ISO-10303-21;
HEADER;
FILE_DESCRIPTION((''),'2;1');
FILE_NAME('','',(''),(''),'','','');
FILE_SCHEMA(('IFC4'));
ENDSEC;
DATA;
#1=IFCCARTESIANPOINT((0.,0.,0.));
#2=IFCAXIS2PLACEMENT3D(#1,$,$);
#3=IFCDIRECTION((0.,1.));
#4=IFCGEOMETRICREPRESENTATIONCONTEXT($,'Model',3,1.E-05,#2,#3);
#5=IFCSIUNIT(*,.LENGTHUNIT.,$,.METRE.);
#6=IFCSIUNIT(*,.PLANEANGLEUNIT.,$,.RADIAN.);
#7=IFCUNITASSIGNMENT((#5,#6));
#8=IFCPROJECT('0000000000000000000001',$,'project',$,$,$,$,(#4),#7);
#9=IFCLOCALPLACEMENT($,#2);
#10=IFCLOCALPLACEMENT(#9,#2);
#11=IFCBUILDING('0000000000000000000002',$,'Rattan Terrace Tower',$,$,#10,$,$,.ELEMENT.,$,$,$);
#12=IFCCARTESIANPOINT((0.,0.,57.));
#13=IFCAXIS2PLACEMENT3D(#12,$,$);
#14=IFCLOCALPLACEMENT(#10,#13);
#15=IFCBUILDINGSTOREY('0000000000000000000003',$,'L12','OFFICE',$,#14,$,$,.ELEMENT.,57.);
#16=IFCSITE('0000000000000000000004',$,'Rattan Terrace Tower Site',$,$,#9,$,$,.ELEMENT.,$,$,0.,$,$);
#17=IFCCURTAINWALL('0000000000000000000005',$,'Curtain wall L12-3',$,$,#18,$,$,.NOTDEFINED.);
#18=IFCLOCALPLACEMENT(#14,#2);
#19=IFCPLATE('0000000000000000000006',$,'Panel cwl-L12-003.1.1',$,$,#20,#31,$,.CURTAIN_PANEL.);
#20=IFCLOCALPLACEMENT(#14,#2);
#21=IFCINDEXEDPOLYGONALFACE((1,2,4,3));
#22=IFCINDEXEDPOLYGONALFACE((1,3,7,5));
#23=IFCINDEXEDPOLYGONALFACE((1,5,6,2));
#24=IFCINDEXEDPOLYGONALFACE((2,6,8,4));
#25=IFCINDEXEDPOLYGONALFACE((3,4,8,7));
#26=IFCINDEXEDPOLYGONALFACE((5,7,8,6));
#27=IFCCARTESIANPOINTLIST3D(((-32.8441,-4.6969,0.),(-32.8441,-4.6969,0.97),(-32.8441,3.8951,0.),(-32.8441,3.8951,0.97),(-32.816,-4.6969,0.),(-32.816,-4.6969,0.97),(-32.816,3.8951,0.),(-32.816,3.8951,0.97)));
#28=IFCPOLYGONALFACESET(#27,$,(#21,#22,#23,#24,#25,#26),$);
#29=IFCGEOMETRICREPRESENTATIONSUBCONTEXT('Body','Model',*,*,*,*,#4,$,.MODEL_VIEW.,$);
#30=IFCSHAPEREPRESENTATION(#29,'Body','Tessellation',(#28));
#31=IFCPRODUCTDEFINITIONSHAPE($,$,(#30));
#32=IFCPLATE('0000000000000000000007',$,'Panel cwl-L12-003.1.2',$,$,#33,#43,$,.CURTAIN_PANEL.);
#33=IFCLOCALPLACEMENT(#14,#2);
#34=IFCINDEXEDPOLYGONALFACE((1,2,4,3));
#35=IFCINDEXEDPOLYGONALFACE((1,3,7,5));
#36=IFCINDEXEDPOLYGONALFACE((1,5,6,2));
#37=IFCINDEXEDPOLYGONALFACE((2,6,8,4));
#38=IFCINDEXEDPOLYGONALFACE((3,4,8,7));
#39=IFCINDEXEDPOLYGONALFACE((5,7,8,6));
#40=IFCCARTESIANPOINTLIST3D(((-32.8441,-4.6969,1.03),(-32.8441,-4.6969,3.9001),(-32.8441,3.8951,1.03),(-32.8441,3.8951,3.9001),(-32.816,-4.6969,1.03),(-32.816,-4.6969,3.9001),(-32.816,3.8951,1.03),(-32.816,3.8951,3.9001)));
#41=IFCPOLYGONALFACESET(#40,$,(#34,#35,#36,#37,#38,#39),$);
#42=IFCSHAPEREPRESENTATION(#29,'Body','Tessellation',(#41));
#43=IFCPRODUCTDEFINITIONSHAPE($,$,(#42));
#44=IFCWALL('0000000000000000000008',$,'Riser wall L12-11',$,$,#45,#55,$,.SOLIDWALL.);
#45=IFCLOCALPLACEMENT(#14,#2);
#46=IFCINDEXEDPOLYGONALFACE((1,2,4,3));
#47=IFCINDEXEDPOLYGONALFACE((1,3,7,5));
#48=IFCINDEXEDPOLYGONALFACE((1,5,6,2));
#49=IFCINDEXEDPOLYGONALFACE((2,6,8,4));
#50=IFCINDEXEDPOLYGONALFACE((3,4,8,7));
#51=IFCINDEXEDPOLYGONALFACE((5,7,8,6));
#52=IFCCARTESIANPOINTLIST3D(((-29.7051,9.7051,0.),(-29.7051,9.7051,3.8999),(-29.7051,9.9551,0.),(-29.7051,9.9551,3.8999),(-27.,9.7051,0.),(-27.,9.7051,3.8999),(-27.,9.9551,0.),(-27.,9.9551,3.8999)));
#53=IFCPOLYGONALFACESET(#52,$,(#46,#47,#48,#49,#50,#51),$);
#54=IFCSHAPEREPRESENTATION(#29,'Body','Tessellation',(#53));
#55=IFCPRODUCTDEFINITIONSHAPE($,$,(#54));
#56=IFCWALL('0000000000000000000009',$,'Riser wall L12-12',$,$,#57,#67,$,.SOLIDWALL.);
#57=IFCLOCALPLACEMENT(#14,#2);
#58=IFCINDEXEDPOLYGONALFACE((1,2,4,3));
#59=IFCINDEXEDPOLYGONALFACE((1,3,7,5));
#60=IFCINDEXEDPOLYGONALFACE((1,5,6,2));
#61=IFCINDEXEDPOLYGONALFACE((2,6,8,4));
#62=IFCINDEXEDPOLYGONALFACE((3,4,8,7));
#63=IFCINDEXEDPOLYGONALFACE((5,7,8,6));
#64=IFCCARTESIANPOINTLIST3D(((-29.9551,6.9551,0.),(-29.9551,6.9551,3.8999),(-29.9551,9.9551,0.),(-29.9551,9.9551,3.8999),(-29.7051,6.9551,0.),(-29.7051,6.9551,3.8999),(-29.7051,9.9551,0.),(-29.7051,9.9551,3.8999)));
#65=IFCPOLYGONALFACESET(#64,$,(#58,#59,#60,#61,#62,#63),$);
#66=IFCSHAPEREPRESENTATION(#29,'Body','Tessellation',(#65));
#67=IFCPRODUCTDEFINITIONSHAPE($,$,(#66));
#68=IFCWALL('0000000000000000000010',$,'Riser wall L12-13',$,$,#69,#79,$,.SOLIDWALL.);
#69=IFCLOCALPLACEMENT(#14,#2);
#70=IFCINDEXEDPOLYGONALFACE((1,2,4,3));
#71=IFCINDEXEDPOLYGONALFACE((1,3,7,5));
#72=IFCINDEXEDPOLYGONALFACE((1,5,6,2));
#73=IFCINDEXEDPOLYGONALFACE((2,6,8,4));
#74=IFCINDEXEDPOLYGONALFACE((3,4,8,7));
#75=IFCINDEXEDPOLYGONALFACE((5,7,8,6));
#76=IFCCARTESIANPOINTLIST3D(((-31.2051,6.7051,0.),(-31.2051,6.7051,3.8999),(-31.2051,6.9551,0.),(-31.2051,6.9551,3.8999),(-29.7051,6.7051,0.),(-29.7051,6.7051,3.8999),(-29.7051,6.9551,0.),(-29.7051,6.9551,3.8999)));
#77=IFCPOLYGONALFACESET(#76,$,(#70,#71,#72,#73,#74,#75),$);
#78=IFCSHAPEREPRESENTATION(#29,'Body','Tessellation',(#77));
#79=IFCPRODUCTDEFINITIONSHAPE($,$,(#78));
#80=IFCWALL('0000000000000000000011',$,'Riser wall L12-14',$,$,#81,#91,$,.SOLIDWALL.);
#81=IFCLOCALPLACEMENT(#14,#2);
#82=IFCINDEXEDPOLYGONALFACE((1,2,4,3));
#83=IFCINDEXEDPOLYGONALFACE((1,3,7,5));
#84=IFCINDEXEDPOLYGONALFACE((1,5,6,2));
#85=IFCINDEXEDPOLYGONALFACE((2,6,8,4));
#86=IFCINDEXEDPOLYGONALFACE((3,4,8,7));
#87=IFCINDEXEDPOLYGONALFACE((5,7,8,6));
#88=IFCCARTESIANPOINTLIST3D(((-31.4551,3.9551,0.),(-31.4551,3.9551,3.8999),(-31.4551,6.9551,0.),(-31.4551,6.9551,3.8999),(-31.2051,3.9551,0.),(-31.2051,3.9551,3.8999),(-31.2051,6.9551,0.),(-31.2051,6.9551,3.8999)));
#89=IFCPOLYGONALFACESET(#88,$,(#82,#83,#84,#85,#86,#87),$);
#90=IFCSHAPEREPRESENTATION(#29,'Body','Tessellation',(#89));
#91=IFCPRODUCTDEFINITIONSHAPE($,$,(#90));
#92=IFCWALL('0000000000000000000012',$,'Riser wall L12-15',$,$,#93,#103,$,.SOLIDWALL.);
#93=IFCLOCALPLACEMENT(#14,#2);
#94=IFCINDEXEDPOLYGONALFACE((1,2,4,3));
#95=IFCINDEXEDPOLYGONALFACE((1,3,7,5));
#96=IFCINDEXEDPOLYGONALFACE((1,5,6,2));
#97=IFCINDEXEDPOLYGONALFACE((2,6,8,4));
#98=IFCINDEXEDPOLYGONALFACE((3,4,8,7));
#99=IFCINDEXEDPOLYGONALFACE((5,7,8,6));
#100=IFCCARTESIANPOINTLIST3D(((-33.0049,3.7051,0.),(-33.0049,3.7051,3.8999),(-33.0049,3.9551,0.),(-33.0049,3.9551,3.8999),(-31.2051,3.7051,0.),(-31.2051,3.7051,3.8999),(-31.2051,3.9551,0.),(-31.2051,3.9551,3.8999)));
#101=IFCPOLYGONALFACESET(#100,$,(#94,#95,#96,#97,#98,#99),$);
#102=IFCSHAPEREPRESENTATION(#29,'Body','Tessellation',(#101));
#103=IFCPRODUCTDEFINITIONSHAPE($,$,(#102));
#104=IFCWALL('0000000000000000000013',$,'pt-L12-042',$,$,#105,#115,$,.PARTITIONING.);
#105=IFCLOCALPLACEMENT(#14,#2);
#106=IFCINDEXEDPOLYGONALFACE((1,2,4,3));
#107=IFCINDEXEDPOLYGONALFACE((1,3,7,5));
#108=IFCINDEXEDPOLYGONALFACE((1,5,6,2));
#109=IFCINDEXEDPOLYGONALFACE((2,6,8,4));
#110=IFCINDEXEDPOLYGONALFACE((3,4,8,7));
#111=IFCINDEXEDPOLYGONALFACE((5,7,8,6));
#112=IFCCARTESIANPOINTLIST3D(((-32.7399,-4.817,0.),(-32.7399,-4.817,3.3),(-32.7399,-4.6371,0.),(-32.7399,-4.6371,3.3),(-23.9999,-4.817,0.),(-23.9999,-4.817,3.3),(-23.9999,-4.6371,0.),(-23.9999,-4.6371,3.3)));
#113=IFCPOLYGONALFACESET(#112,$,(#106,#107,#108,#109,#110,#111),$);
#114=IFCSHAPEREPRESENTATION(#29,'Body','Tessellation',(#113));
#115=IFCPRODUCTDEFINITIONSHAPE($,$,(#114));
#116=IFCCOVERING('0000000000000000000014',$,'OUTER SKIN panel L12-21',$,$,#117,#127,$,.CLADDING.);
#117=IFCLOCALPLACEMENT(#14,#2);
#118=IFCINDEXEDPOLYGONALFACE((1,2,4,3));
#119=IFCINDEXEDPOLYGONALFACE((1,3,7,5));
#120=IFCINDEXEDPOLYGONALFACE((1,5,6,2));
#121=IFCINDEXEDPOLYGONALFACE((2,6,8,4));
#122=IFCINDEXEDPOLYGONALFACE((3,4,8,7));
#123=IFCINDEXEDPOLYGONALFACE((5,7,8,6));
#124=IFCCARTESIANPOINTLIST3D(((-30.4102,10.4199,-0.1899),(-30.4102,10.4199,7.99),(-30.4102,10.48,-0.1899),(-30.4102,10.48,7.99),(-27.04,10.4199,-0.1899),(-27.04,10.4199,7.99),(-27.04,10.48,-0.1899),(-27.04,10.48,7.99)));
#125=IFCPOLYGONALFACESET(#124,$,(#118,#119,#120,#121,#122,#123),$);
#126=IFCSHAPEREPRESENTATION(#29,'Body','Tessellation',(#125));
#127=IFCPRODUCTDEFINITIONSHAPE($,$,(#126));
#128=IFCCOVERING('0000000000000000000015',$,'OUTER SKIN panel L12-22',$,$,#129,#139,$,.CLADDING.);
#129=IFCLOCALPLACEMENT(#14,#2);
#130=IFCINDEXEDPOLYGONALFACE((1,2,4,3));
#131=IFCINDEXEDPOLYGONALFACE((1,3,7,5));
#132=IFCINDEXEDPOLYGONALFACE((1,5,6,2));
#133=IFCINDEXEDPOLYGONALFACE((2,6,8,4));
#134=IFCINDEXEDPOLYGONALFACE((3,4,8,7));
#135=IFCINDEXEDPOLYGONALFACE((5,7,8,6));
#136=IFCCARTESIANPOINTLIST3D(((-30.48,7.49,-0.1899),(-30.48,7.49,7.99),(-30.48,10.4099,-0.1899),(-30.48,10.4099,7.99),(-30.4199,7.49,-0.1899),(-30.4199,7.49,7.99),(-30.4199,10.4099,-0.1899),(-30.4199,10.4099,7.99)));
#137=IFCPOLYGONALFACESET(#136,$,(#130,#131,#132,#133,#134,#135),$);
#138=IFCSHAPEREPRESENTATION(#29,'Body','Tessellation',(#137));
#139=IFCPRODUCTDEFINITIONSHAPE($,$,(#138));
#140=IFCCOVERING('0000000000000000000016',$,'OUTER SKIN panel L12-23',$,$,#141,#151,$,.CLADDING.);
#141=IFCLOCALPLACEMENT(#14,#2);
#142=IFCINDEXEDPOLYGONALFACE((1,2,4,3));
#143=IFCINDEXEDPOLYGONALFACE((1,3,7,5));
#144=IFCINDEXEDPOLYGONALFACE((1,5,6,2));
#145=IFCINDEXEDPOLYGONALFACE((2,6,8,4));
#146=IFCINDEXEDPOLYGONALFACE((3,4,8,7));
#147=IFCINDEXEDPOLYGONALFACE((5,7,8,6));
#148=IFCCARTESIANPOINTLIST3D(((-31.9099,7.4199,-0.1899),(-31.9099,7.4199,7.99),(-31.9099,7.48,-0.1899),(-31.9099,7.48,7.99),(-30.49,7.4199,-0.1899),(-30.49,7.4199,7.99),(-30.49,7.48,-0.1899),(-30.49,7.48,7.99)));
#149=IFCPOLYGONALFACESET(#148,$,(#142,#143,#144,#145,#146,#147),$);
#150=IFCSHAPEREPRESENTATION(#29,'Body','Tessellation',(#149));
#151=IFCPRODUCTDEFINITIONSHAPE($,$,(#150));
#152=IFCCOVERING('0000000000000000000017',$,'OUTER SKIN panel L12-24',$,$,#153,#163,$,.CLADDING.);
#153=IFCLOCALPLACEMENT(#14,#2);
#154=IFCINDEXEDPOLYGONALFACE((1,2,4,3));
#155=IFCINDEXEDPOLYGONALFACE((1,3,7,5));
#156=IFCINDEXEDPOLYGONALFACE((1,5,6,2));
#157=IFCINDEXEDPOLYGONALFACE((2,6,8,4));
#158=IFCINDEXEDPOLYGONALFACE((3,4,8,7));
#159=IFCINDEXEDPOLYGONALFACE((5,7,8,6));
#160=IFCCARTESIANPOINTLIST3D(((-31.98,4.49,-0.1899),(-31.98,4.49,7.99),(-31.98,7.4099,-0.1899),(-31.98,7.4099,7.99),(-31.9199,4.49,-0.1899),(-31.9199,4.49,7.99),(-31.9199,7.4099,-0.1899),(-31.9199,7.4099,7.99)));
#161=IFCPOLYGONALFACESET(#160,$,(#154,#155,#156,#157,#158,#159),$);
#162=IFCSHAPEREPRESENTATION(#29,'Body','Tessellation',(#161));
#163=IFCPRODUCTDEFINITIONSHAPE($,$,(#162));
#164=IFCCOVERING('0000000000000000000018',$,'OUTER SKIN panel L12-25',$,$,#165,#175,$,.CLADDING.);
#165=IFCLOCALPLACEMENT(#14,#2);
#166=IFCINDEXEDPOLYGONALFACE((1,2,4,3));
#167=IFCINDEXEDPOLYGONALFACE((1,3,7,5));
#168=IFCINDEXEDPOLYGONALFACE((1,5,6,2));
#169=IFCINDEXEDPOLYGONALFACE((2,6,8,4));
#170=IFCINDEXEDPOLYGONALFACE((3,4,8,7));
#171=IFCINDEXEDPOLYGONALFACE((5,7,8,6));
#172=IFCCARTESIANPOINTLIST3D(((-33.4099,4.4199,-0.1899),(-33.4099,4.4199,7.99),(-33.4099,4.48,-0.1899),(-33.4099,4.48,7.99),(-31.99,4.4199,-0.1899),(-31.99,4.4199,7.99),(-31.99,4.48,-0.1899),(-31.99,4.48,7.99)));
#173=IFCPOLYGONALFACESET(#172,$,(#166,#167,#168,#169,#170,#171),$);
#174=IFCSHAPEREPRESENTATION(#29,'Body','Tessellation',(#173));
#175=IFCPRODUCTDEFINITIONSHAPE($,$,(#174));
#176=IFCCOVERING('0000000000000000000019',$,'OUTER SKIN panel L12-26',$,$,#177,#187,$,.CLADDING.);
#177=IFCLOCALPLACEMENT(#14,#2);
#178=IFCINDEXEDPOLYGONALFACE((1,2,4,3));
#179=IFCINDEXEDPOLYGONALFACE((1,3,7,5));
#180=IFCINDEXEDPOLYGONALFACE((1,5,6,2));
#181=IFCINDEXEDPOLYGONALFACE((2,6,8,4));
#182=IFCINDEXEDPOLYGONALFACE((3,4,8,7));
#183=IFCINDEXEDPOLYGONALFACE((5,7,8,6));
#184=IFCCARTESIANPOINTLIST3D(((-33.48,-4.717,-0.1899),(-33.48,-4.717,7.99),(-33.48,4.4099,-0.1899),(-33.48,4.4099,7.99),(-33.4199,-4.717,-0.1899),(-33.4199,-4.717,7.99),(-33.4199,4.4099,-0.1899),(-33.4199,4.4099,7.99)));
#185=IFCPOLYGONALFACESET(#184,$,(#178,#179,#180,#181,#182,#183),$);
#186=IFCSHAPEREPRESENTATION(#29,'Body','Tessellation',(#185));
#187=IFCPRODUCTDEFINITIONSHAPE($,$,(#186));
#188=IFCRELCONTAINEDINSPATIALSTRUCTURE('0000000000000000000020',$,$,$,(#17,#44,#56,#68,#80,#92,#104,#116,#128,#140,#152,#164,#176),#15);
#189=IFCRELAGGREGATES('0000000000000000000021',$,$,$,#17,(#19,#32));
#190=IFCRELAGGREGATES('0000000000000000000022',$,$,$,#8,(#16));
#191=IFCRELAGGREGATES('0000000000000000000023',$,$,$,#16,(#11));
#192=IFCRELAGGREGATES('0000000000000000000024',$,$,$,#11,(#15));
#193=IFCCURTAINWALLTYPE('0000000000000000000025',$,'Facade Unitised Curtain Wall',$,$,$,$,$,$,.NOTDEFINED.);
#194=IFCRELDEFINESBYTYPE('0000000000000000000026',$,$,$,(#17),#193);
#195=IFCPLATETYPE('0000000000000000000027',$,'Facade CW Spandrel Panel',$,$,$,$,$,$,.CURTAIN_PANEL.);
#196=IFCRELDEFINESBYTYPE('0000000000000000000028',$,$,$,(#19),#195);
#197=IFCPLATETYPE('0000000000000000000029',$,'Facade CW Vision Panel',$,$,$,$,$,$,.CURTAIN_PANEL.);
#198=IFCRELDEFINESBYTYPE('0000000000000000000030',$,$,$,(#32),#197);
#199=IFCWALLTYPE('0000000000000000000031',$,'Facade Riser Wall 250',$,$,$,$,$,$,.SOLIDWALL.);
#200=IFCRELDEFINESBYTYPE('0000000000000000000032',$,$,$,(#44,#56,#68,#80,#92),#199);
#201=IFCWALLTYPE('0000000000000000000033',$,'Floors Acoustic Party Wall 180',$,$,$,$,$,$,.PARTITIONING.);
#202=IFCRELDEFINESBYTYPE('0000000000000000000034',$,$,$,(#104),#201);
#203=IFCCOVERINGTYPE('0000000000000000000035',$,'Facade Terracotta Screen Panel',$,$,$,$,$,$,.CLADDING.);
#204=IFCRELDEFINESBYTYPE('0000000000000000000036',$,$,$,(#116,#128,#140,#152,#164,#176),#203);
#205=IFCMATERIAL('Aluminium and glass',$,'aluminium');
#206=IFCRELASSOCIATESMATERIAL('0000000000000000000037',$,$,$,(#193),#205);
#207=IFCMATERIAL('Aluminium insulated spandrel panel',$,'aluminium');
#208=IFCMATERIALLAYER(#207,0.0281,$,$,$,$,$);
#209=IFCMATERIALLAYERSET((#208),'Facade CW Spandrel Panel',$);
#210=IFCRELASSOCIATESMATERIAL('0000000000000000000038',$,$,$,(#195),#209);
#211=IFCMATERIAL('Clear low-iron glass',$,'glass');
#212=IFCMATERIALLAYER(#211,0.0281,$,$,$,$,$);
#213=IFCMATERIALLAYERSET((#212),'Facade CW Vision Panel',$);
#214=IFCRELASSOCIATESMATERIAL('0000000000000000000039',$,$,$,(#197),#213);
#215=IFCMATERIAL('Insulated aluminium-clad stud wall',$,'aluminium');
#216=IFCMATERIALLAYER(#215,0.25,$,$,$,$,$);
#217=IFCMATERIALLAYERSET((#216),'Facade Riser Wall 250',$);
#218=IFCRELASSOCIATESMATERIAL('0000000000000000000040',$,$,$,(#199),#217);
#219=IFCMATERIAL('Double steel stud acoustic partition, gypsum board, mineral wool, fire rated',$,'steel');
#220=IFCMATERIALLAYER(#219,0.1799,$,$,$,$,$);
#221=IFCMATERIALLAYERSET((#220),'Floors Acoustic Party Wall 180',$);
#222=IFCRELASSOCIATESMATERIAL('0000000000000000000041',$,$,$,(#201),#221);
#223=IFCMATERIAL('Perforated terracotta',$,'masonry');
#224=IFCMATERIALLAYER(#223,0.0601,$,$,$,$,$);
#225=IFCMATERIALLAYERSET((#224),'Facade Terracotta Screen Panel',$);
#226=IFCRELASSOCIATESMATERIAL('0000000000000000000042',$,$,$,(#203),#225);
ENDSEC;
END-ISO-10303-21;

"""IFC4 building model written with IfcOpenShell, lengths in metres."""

from ifc_helpers import new_model, si_unit, direction, frame, frame_2d, origin, origin_2d, place, context, subcontext, project, spatial, rectangle, extrude, material, layer, layer_set, type_object, element, aggregate, save


model = new_model("IFC4")

# Units and contexts
model_context = context("Model", 3, precision=1e-05, world=origin(), true_north=direction((0.0, 1.0)))
body_context = subcontext(model_context, "Body", "Model", "MODEL_VIEW")
ifc_project = project(units=[si_unit("LENGTHUNIT", "METRE"), si_unit("PLANEANGLEUNIT", "RADIAN")], contexts=[model_context])

# Site, building, storey
site_placement = place(None, origin())
site = spatial("IfcSite", under=ifc_project, at=site_placement, Name="Rattan Terrace Tower Site", CompositionType="ELEMENT", RefElevation=0.0)
building_placement = place(site_placement, origin())
building = spatial("IfcBuilding", under=site, at=building_placement, Name="Rattan Terrace Tower", CompositionType="ELEMENT")
storey_placement = place(building_placement, frame((0.0, 0.0, 57.0)))
storey = spatial("IfcBuildingStorey", under=building, at=storey_placement, Name="L12", Description="OFFICE", CompositionType="ELEMENT", Elevation=57.0)

# Curtain wall
ifc_material_1 = material(Name="Aluminium and glass", Category="aluminium")
curtain_wall_type = type_object("IfcCurtainWallType", Name="Facade Unitised Curtain Wall", PredefinedType="NOTDEFINED", material=ifc_material_1)
curtain_wall_placement = place(storey_placement, origin())
curtain_wall = element("IfcCurtainWall", 1, at=curtain_wall_placement, inside=storey, type_object=curtain_wall_type, Name="Curtain wall L12-3", PredefinedType="NOTDEFINED")

# Plates
ifc_material_2 = material(Name="Aluminium insulated spandrel panel", Category="aluminium")
ifc_layer_1 = layer(ifc_material_2, 0.0281)
ifc_layer_set_1 = layer_set([ifc_layer_1], Name="Facade CW Spandrel Panel")
plate_type_1 = type_object("IfcPlateType", Name="Facade CW Spandrel Panel", PredefinedType="CURTAIN_PANEL", material=ifc_layer_set_1)
plate_1_placement = place(storey_placement, frame((-32.8301, -0.4009, 0.0), z_axis=(0.0, 0.0, 1.0), x_axis=(0.0, -1.0, 0.0)))
plate_1 = element("IfcPlate", 2, at=plate_1_placement, type_object=plate_type_1, Name="Panel cwl-L12-003.1.1", PredefinedType="CURTAIN_PANEL", context=body_context, shape_type="SweptSolid", body=[
    extrude(rectangle(XDim=8.592, YDim=0.0281, at=origin_2d()), origin(), (0.0, 0.0, 1.0), 0.97),
])
ifc_material_3 = material(Name="Clear low-iron glass", Category="glass")
ifc_layer_2 = layer(ifc_material_3, 0.0281)
ifc_layer_set_2 = layer_set([ifc_layer_2], Name="Facade CW Vision Panel")
plate_type_2 = type_object("IfcPlateType", Name="Facade CW Vision Panel", PredefinedType="CURTAIN_PANEL", material=ifc_layer_set_2)
plate_2_placement = place(storey_placement, frame((-32.8301, -0.4009, 1.03), z_axis=(0.0, 0.0, 1.0), x_axis=(0.0, -1.0, 0.0)))
plate_2 = element("IfcPlate", 3, at=plate_2_placement, type_object=plate_type_2, Name="Panel cwl-L12-003.1.2", PredefinedType="CURTAIN_PANEL", context=body_context, shape_type="SweptSolid", body=[
    extrude(rectangle(XDim=8.592, YDim=0.0281, at=origin_2d()), origin(), (0.0, 0.0, 1.0), 2.8701),
])
aggregate(curtain_wall, [plate_1, plate_2])

# Walls
ifc_material_4 = material(Name="Insulated aluminium-clad stud wall", Category="aluminium")
ifc_layer_3 = layer(ifc_material_4, 0.25)
ifc_layer_set_3 = layer_set([ifc_layer_3], Name="Facade Riser Wall 250")
wall_type_1 = type_object("IfcWallType", Name="Facade Riser Wall 250", PredefinedType="SOLIDWALL", material=ifc_layer_set_3)
wall_1_placement = place(storey_placement, frame((-27.0, 9.8301, 0.0), z_axis=(0.0, 0.0, 1.0), x_axis=(-1.0, 0.0, 0.0)))
element("IfcWall", 4, at=wall_1_placement, inside=storey, type_object=wall_type_1, Name="Riser wall L12-11", PredefinedType="SOLIDWALL", context=body_context, shape_type="SweptSolid", body=[
    extrude(rectangle(XDim=2.7051, YDim=0.25, at=frame_2d((1.3525, 0.0))), origin(), (0.0, 0.0, 1.0), 3.8999),
])
wall_2_placement = place(storey_placement, frame((-29.8301, 9.9551, 0.0), z_axis=(0.0, 0.0, 1.0), x_axis=(0.0, -1.0, 0.0)))
element("IfcWall", 5, at=wall_2_placement, inside=storey, type_object=wall_type_1, Name="Riser wall L12-12", PredefinedType="SOLIDWALL", context=body_context, shape_type="SweptSolid", body=[
    extrude(rectangle(XDim=3.0, YDim=0.25, at=frame_2d((1.5, 0.0))), origin(), (0.0, 0.0, 1.0), 3.8999),
])
wall_3_placement = place(storey_placement, frame((-29.7051, 6.8301, 0.0), z_axis=(0.0, 0.0, 1.0), x_axis=(-1.0, 0.0, 0.0)))
element("IfcWall", 6, at=wall_3_placement, inside=storey, type_object=wall_type_1, Name="Riser wall L12-13", PredefinedType="SOLIDWALL", context=body_context, shape_type="SweptSolid", body=[
    extrude(rectangle(XDim=1.5, YDim=0.25, at=frame_2d((0.75, 0.0))), origin(), (0.0, 0.0, 1.0), 3.8999),
])
wall_4_placement = place(storey_placement, frame((-31.3301, 6.9551, 0.0), z_axis=(0.0, 0.0, 1.0), x_axis=(0.0, -1.0, 0.0)))
element("IfcWall", 7, at=wall_4_placement, inside=storey, type_object=wall_type_1, Name="Riser wall L12-14", PredefinedType="SOLIDWALL", context=body_context, shape_type="SweptSolid", body=[
    extrude(rectangle(XDim=3.0, YDim=0.25, at=frame_2d((1.5, 0.0))), origin(), (0.0, 0.0, 1.0), 3.8999),
])
wall_5_placement = place(storey_placement, frame((-31.2051, 3.8301, 0.0), z_axis=(0.0, 0.0, 1.0), x_axis=(-1.0, 0.0, 0.0)))
element("IfcWall", 8, at=wall_5_placement, inside=storey, type_object=wall_type_1, Name="Riser wall L12-15", PredefinedType="SOLIDWALL", context=body_context, shape_type="SweptSolid", body=[
    extrude(rectangle(XDim=1.7998, YDim=0.25, at=frame_2d((0.8999, 0.0))), origin(), (0.0, 0.0, 1.0), 3.8999),
])
ifc_material_5 = material(Name="Double steel stud acoustic partition, gypsum board, mineral wool, fire rated", Category="steel")
ifc_layer_4 = layer(ifc_material_5, 0.1799)
ifc_layer_set_4 = layer_set([ifc_layer_4], Name="Floors Acoustic Party Wall 180")
wall_type_2 = type_object("IfcWallType", Name="Floors Acoustic Party Wall 180", PredefinedType="PARTITIONING", material=ifc_layer_set_4)
wall_6_placement = place(storey_placement, frame((-32.74, -4.7271, 0.0), z_axis=(0.0, 0.0, 1.0), x_axis=(1.0, 0.0, 0.0)))
element("IfcWall", 9, at=wall_6_placement, inside=storey, type_object=wall_type_2, Name="pt-L12-042", PredefinedType="PARTITIONING", context=body_context, shape_type="SweptSolid", body=[
    extrude(rectangle(XDim=8.74, YDim=0.1799, at=frame_2d((4.3701, 0.0))), origin(), (0.0, 0.0, 1.0), 3.3),
])

# Coverings
ifc_material_6 = material(Name="Perforated terracotta", Category="masonry")
ifc_layer_5 = layer(ifc_material_6, 0.0601)
ifc_layer_set_5 = layer_set([ifc_layer_5], Name="Facade Terracotta Screen Panel")
covering_type = type_object("IfcCoveringType", Name="Facade Terracotta Screen Panel", PredefinedType="CLADDING", material=ifc_layer_set_5)
covering_1_placement = place(storey_placement, frame((-28.7251, 10.45, -0.1899), z_axis=(0.0, 0.0, 1.0), x_axis=(-1.0, 0.0, 0.0)))
element("IfcCovering", 10, at=covering_1_placement, inside=storey, type_object=covering_type, Name="OUTER SKIN panel L12-21", PredefinedType="CLADDING", context=body_context, shape_type="SweptSolid", body=[
    extrude(rectangle(XDim=3.3701, YDim=0.0601, at=origin_2d()), origin(), (0.0, 0.0, 1.0), 8.1799),
])
covering_2_placement = place(storey_placement, frame((-30.45, 8.95, -0.1899), z_axis=(0.0, 0.0, 1.0), x_axis=(0.0, -1.0, 0.0)))
element("IfcCovering", 11, at=covering_2_placement, inside=storey, type_object=covering_type, Name="OUTER SKIN panel L12-22", PredefinedType="CLADDING", context=body_context, shape_type="SweptSolid", body=[
    extrude(rectangle(XDim=2.9199, YDim=0.0601, at=origin_2d()), origin(), (0.0, 0.0, 1.0), 8.1799),
])
covering_3_placement = place(storey_placement, frame((-31.2, 7.45, -0.1899), z_axis=(0.0, 0.0, 1.0), x_axis=(-1.0, 0.0, 0.0)))
element("IfcCovering", 12, at=covering_3_placement, inside=storey, type_object=covering_type, Name="OUTER SKIN panel L12-23", PredefinedType="CLADDING", context=body_context, shape_type="SweptSolid", body=[
    extrude(rectangle(XDim=1.4199, YDim=0.0601, at=origin_2d()), origin(), (0.0, 0.0, 1.0), 8.1799),
])
covering_4_placement = place(storey_placement, frame((-31.95, 5.95, -0.1899), z_axis=(0.0, 0.0, 1.0), x_axis=(0.0, -1.0, 0.0)))
element("IfcCovering", 13, at=covering_4_placement, inside=storey, type_object=covering_type, Name="OUTER SKIN panel L12-24", PredefinedType="CLADDING", context=body_context, shape_type="SweptSolid", body=[
    extrude(rectangle(XDim=2.9199, YDim=0.0601, at=origin_2d()), origin(), (0.0, 0.0, 1.0), 8.1799),
])
covering_5_placement = place(storey_placement, frame((-32.7, 4.45, -0.1899), z_axis=(0.0, 0.0, 1.0), x_axis=(-1.0, 0.0, 0.0)))
element("IfcCovering", 14, at=covering_5_placement, inside=storey, type_object=covering_type, Name="OUTER SKIN panel L12-25", PredefinedType="CLADDING", context=body_context, shape_type="SweptSolid", body=[
    extrude(rectangle(XDim=1.4199, YDim=0.0601, at=origin_2d()), origin(), (0.0, 0.0, 1.0), 8.1799),
])
covering_6_placement = place(storey_placement, frame((-33.45, -0.1536, -0.1899), z_axis=(0.0, 0.0, 1.0), x_axis=(0.0, -1.0, 0.0)))
element("IfcCovering", 15, at=covering_6_placement, inside=storey, type_object=covering_type, Name="OUTER SKIN panel L12-26", PredefinedType="CLADDING", context=body_context, shape_type="SweptSolid", body=[
    extrude(rectangle(XDim=9.127, YDim=0.0601, at=origin_2d()), origin(), (0.0, 0.0, 1.0), 8.1799),
])

save(model, "model.ifc")
